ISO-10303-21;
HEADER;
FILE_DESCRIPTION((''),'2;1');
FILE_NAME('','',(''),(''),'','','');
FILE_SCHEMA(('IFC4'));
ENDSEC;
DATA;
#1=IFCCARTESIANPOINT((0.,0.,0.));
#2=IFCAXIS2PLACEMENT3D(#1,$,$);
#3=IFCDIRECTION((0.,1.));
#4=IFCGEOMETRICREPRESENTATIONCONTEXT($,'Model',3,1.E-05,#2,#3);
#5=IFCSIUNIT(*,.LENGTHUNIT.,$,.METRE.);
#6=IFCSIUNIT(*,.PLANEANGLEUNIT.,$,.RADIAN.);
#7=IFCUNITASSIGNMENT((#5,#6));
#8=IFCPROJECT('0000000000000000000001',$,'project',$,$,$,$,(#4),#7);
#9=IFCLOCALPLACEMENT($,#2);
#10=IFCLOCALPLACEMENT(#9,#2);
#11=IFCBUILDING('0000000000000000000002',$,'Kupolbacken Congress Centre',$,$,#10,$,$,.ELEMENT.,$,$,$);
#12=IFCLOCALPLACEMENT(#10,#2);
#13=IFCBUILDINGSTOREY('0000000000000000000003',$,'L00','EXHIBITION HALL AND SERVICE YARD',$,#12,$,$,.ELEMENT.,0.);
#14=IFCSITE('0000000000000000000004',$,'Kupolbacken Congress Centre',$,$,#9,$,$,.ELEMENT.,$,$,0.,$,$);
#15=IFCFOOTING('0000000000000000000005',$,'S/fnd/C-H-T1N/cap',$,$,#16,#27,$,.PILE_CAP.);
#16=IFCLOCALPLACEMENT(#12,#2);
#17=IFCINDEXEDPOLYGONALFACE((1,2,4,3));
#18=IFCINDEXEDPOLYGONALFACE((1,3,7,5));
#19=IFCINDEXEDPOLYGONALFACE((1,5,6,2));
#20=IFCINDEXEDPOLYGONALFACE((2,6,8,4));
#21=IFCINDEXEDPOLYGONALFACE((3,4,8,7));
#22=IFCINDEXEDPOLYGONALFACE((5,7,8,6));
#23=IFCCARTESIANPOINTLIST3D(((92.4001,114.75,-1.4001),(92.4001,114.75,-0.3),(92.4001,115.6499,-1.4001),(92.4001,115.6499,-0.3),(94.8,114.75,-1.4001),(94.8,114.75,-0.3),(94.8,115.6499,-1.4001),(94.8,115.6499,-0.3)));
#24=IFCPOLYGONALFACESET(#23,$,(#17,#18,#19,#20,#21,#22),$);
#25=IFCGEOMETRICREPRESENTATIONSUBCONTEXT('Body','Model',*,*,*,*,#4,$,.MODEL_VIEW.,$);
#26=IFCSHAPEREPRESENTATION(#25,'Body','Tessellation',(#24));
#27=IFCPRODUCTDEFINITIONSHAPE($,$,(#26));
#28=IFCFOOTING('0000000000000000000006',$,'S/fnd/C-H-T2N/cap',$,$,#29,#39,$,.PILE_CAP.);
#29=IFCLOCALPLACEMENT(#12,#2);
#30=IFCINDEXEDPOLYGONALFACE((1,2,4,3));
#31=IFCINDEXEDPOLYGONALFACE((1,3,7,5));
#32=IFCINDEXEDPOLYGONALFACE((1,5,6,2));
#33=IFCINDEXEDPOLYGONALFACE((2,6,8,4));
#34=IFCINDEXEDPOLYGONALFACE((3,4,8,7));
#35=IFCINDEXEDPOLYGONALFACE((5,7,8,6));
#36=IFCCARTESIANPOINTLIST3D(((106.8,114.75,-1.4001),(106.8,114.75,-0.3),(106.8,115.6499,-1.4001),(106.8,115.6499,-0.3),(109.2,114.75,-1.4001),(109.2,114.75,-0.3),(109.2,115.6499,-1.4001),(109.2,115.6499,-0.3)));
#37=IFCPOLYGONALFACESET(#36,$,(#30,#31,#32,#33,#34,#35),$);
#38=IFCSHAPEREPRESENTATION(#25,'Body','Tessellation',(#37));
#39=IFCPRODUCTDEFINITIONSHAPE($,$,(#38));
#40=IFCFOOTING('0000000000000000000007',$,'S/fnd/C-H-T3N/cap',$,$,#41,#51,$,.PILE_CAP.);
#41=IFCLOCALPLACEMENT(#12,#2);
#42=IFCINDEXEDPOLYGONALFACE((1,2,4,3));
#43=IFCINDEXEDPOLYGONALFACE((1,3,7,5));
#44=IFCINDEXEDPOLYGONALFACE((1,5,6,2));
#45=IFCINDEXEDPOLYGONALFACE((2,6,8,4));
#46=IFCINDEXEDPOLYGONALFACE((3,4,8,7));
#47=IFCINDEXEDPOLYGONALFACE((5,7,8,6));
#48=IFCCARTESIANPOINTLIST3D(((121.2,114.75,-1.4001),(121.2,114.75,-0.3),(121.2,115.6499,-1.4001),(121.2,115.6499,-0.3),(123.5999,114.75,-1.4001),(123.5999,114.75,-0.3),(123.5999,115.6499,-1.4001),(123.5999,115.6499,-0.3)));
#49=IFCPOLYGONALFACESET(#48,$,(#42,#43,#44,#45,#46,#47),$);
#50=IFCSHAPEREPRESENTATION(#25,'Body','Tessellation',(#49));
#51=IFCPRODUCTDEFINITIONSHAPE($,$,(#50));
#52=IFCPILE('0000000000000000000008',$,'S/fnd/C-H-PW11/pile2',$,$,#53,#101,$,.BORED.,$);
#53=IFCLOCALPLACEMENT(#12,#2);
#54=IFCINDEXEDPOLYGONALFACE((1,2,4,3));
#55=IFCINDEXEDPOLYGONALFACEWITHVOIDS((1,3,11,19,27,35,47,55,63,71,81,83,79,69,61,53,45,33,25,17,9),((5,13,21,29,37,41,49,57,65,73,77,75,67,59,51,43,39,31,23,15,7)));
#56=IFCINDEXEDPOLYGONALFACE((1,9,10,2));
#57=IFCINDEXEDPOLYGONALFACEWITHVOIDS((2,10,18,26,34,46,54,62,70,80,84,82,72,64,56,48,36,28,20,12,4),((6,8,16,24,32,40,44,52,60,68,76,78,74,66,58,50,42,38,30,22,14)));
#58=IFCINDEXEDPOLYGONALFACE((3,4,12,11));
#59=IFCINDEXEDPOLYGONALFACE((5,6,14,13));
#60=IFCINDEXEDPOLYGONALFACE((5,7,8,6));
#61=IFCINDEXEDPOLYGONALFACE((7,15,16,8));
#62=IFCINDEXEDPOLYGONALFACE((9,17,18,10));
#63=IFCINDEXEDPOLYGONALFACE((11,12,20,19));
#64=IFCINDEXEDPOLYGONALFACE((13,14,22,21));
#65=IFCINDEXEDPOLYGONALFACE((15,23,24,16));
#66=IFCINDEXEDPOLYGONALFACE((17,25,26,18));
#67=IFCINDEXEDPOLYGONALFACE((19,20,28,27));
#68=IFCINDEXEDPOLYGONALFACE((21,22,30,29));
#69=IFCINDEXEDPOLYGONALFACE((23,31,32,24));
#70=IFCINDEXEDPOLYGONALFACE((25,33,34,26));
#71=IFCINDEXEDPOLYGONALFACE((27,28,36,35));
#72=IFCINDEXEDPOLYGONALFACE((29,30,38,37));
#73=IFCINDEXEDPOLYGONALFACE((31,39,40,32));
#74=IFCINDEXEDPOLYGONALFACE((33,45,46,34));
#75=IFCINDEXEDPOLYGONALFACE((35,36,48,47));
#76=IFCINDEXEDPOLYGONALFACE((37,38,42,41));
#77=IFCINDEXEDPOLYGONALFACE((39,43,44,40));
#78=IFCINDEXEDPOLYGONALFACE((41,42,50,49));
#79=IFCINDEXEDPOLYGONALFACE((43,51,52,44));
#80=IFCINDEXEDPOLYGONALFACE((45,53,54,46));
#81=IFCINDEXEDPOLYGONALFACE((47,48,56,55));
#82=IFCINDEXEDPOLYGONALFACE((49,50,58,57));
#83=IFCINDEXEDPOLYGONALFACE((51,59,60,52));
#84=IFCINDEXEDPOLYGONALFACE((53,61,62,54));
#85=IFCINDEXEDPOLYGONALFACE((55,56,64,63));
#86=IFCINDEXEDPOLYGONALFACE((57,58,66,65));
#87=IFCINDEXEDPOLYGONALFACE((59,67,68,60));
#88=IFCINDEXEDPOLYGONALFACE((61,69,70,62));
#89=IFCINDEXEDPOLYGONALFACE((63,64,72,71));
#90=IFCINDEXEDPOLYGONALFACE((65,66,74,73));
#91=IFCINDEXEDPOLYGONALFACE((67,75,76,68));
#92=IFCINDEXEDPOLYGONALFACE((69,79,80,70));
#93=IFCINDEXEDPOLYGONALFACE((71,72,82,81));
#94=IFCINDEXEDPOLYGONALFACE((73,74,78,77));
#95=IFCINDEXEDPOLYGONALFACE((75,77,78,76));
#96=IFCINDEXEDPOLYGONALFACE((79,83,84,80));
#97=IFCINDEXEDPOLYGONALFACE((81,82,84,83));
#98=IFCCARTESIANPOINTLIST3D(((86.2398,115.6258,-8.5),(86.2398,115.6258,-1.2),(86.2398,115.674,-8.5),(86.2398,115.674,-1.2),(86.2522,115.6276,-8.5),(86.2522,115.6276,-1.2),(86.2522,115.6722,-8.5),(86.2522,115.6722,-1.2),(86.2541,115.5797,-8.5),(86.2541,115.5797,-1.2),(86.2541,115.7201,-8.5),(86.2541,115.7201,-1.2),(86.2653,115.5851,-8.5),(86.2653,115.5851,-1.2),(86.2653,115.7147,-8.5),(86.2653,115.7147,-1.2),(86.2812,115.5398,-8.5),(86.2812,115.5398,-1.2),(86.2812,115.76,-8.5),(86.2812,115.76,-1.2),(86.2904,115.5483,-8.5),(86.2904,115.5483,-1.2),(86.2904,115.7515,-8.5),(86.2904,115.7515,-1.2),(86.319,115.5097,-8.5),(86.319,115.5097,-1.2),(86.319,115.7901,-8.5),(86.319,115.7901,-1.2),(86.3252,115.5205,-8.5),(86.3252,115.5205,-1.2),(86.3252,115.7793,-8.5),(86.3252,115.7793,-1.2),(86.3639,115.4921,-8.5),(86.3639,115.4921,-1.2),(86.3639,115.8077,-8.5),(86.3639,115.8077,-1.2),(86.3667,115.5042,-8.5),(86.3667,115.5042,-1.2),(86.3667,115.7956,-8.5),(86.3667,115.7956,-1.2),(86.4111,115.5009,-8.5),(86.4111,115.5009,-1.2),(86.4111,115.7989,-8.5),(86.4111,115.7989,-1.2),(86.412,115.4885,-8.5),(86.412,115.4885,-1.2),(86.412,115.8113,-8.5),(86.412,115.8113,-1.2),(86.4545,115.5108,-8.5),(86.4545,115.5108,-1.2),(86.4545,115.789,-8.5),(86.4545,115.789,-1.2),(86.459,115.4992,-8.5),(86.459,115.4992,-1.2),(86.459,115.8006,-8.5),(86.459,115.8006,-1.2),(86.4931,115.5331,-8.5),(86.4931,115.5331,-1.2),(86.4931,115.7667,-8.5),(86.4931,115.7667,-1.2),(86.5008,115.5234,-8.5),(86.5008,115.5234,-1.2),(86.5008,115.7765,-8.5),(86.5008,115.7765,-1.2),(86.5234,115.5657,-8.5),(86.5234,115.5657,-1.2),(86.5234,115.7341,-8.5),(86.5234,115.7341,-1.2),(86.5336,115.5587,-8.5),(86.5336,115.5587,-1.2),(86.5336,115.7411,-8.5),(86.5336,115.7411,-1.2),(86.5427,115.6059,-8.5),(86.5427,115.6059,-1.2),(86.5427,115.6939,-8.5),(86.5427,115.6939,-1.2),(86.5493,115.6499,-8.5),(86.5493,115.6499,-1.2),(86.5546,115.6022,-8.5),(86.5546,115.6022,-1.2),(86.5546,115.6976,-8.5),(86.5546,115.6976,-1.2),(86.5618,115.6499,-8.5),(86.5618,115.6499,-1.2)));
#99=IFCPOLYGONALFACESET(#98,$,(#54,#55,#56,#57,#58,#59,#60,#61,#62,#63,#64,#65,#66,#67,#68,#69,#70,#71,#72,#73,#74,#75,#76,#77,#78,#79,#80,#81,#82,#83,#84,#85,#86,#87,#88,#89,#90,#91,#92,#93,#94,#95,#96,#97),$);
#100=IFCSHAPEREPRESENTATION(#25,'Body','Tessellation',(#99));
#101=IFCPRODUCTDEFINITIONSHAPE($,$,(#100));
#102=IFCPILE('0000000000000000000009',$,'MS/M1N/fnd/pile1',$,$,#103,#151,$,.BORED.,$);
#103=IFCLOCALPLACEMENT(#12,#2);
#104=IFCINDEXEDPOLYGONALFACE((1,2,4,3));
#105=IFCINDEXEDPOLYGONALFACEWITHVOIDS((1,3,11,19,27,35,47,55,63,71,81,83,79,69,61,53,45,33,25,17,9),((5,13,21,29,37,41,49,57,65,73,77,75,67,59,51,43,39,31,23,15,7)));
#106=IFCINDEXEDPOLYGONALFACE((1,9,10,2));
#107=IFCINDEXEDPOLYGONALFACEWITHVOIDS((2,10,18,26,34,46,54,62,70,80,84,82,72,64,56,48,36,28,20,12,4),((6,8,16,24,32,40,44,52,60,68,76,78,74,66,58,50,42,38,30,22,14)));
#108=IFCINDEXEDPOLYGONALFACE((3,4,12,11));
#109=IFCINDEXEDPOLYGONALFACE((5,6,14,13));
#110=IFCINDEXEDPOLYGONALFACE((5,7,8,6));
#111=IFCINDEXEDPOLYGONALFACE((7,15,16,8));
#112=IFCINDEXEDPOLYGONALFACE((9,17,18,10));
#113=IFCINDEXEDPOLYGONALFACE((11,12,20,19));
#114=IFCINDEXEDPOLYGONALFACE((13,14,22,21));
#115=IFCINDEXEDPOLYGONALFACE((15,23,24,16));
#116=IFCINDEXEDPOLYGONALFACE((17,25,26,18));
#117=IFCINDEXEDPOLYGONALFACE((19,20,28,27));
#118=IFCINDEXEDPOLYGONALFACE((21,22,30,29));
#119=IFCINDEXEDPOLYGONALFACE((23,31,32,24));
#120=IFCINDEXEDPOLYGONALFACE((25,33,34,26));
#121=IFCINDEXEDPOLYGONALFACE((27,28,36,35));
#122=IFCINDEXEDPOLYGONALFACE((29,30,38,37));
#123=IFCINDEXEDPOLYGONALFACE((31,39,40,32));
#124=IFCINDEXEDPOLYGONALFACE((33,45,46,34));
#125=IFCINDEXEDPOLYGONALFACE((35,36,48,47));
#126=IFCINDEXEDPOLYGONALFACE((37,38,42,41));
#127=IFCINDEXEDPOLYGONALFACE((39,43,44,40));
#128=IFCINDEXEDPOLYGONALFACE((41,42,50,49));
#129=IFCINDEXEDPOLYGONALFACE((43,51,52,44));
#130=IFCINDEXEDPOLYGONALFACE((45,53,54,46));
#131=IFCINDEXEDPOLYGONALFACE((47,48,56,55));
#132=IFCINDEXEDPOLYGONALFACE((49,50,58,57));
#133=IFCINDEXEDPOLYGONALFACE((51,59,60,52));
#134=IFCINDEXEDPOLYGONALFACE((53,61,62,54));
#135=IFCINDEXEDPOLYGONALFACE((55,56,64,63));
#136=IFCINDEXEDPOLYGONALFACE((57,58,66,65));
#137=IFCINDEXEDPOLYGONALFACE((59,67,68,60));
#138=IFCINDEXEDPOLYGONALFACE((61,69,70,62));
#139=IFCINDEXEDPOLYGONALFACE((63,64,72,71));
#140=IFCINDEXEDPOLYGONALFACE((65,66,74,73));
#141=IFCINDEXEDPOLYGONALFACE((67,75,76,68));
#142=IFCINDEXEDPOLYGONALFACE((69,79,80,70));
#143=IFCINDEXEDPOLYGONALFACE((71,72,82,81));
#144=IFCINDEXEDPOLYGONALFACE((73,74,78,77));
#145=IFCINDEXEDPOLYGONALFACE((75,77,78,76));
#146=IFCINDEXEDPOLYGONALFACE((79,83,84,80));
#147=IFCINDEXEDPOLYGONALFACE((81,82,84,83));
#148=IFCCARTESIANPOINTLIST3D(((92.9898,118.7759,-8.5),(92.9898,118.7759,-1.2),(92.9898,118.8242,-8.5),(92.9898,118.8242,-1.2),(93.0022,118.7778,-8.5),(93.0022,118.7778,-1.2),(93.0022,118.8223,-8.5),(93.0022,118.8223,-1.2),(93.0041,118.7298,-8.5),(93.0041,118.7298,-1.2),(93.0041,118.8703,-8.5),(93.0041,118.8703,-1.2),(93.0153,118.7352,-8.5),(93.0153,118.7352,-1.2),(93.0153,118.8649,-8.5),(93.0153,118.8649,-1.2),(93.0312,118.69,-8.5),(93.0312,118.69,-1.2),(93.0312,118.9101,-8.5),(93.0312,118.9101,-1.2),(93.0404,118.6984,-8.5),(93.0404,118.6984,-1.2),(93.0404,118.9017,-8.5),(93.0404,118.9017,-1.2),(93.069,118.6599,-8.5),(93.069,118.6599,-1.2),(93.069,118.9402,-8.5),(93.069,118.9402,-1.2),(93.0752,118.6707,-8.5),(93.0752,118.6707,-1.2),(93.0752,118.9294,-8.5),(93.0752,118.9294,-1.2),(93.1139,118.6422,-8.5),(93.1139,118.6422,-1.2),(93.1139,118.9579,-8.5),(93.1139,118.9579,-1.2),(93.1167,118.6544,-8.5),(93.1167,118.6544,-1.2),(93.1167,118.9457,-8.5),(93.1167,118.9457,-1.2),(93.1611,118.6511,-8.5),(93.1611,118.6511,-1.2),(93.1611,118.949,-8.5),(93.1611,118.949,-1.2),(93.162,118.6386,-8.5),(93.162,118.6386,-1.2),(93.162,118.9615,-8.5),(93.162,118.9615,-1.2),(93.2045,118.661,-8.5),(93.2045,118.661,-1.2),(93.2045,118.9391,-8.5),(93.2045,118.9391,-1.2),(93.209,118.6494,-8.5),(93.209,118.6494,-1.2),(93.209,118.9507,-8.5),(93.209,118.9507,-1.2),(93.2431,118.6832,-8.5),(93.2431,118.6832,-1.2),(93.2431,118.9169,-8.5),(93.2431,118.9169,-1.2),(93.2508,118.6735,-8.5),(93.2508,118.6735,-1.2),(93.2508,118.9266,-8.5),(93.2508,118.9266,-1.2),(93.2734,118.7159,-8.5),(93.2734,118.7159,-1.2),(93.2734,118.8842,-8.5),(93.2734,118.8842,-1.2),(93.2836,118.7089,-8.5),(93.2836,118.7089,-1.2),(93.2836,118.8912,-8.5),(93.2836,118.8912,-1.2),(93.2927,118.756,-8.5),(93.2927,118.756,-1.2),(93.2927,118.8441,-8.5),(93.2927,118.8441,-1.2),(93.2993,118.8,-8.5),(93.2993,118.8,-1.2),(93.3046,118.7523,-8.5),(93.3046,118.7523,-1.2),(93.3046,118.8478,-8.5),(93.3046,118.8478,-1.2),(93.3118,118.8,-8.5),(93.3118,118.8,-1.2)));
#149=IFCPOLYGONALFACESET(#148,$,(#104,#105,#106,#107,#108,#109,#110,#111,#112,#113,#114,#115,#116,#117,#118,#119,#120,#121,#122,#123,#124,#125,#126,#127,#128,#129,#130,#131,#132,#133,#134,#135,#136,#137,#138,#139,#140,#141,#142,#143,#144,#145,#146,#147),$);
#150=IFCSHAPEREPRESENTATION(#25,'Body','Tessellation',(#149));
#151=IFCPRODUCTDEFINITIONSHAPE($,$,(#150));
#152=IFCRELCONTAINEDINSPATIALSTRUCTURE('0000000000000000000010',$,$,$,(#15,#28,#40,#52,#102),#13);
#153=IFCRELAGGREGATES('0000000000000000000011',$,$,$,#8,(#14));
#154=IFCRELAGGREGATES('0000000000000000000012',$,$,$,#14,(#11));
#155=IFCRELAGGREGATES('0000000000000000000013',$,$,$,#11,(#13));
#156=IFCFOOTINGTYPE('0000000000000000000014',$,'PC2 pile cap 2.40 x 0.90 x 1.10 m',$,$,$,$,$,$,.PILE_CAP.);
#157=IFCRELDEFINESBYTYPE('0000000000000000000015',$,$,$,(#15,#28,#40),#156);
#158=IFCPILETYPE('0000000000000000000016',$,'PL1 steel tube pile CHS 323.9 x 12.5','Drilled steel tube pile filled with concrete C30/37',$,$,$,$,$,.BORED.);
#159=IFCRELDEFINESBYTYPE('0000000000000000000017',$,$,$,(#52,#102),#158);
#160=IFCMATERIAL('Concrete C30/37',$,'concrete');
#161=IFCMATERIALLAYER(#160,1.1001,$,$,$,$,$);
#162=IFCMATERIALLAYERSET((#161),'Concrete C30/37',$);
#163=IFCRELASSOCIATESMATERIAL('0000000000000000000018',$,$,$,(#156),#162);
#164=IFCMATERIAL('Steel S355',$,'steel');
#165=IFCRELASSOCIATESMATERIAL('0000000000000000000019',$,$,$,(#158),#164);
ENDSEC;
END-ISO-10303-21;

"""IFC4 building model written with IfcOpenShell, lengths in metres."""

from ifc_helpers import new_model, si_unit, direction, frame, origin, origin_2d, place, context, subcontext, project, spatial, rectangle, hollow_circle, extrude, material, layer, layer_set, material_profile, profile_set, type_object, element, save


model = new_model("IFC4")

# Units and contexts
model_context = context("Model", 3, precision=1e-05, world=origin(), true_north=direction((0.0, 1.0)))
body_context = subcontext(model_context, "Body", "Model", "MODEL_VIEW")
ifc_project = project(units=[si_unit("LENGTHUNIT", "METRE"), si_unit("PLANEANGLEUNIT", "RADIAN")], contexts=[model_context])

# Site, building, storey
site_placement = place(None, origin())
site = spatial("IfcSite", under=ifc_project, at=site_placement, Name="Kupolbacken Congress Centre", CompositionType="ELEMENT", RefElevation=0.0)
building_placement = place(site_placement, origin())
building = spatial("IfcBuilding", under=site, at=building_placement, Name="Kupolbacken Congress Centre", CompositionType="ELEMENT")
storey_placement = place(building_placement, origin())
storey = spatial("IfcBuildingStorey", under=building, at=storey_placement, Name="L00", Description="EXHIBITION HALL AND SERVICE YARD", CompositionType="ELEMENT", Elevation=0.0)

# Footings
ifc_material_1 = material(Name="Concrete C30/37", Category="concrete")
ifc_layer_1 = layer(ifc_material_1, 1.1001)
ifc_layer_set_1 = layer_set([ifc_layer_1], Name="Concrete C30/37")
footing_type = type_object("IfcFootingType", Name="PC2 pile cap 2.40 x 0.90 x 1.10 m", PredefinedType="PILE_CAP", material=ifc_layer_set_1)
for number, where, z_axis, x_axis, name in (
    (1, (93.6001, 115.2, -1.4001), (0.0, 0.0, 1.0), (1.0, 0.0, 0.0), "S/fnd/C-H-T1N/cap"),
    (2, (108.0, 115.2, -1.4001), (0.0, 0.0, 1.0), (1.0, 0.0, 0.0), "S/fnd/C-H-T2N/cap"),
    (3, (122.3999, 115.2, -1.4001), (0.0, 0.0, 1.0), (1.0, 0.0, 0.0), "S/fnd/C-H-T3N/cap"),
):
    element("IfcFooting", number, at=place(storey_placement, frame(where, z_axis=z_axis, x_axis=x_axis)), inside=storey, type_object=footing_type, Name=name, PredefinedType="PILE_CAP", context=body_context, shape_type="SweptSolid", body=[
        extrude(rectangle(XDim=2.3999, YDim=0.8999, at=origin_2d()), origin(), (0.0, 0.0, 1.0), 1.1001),
    ])

# Piles
ifc_material_2 = material(Name="Steel S355", Category="steel")
ifc_material_profile_1 = material_profile(ifc_material_2, hollow_circle(Radius=0.1619, WallThickness=0.0125, at=origin_2d()), Name="CHS 323.9 x 12.5")
ifc_profile_set_1 = profile_set([ifc_material_profile_1], Name="Steel S355")
pile_type_1 = type_object("IfcPileType", Name="PL1 steel tube pile CHS 323.9 x 12.5", Description="Drilled steel tube pile filled with concrete C30/37", PredefinedType="BORED", material=ifc_profile_set_1)
for number, where, z_axis, x_axis, name in (
    (4, (86.3999, 115.6499, -1.2), (0.0, 0.0, -1.0), (1.0, 0.0, 0.0), "S/fnd/C-H-PW11/pile2"),
    (5, (93.1499, 118.8, -1.2), (0.0, 0.0, -1.0), (1.0, 0.0, 0.0), "MS/M1N/fnd/pile1"),
):
    element("IfcPile", number, at=place(storey_placement, frame(where, z_axis=z_axis, x_axis=x_axis)), inside=storey, type_object=pile_type_1, Name=name, PredefinedType="BORED", context=body_context, shape_type="SweptSolid", body=[
        extrude(hollow_circle(Radius=0.1619, WallThickness=0.0125, at=origin_2d()), origin(), (0.0, 0.0, 1.0), 7.3),
    ])

save(model, "model.ifc")
